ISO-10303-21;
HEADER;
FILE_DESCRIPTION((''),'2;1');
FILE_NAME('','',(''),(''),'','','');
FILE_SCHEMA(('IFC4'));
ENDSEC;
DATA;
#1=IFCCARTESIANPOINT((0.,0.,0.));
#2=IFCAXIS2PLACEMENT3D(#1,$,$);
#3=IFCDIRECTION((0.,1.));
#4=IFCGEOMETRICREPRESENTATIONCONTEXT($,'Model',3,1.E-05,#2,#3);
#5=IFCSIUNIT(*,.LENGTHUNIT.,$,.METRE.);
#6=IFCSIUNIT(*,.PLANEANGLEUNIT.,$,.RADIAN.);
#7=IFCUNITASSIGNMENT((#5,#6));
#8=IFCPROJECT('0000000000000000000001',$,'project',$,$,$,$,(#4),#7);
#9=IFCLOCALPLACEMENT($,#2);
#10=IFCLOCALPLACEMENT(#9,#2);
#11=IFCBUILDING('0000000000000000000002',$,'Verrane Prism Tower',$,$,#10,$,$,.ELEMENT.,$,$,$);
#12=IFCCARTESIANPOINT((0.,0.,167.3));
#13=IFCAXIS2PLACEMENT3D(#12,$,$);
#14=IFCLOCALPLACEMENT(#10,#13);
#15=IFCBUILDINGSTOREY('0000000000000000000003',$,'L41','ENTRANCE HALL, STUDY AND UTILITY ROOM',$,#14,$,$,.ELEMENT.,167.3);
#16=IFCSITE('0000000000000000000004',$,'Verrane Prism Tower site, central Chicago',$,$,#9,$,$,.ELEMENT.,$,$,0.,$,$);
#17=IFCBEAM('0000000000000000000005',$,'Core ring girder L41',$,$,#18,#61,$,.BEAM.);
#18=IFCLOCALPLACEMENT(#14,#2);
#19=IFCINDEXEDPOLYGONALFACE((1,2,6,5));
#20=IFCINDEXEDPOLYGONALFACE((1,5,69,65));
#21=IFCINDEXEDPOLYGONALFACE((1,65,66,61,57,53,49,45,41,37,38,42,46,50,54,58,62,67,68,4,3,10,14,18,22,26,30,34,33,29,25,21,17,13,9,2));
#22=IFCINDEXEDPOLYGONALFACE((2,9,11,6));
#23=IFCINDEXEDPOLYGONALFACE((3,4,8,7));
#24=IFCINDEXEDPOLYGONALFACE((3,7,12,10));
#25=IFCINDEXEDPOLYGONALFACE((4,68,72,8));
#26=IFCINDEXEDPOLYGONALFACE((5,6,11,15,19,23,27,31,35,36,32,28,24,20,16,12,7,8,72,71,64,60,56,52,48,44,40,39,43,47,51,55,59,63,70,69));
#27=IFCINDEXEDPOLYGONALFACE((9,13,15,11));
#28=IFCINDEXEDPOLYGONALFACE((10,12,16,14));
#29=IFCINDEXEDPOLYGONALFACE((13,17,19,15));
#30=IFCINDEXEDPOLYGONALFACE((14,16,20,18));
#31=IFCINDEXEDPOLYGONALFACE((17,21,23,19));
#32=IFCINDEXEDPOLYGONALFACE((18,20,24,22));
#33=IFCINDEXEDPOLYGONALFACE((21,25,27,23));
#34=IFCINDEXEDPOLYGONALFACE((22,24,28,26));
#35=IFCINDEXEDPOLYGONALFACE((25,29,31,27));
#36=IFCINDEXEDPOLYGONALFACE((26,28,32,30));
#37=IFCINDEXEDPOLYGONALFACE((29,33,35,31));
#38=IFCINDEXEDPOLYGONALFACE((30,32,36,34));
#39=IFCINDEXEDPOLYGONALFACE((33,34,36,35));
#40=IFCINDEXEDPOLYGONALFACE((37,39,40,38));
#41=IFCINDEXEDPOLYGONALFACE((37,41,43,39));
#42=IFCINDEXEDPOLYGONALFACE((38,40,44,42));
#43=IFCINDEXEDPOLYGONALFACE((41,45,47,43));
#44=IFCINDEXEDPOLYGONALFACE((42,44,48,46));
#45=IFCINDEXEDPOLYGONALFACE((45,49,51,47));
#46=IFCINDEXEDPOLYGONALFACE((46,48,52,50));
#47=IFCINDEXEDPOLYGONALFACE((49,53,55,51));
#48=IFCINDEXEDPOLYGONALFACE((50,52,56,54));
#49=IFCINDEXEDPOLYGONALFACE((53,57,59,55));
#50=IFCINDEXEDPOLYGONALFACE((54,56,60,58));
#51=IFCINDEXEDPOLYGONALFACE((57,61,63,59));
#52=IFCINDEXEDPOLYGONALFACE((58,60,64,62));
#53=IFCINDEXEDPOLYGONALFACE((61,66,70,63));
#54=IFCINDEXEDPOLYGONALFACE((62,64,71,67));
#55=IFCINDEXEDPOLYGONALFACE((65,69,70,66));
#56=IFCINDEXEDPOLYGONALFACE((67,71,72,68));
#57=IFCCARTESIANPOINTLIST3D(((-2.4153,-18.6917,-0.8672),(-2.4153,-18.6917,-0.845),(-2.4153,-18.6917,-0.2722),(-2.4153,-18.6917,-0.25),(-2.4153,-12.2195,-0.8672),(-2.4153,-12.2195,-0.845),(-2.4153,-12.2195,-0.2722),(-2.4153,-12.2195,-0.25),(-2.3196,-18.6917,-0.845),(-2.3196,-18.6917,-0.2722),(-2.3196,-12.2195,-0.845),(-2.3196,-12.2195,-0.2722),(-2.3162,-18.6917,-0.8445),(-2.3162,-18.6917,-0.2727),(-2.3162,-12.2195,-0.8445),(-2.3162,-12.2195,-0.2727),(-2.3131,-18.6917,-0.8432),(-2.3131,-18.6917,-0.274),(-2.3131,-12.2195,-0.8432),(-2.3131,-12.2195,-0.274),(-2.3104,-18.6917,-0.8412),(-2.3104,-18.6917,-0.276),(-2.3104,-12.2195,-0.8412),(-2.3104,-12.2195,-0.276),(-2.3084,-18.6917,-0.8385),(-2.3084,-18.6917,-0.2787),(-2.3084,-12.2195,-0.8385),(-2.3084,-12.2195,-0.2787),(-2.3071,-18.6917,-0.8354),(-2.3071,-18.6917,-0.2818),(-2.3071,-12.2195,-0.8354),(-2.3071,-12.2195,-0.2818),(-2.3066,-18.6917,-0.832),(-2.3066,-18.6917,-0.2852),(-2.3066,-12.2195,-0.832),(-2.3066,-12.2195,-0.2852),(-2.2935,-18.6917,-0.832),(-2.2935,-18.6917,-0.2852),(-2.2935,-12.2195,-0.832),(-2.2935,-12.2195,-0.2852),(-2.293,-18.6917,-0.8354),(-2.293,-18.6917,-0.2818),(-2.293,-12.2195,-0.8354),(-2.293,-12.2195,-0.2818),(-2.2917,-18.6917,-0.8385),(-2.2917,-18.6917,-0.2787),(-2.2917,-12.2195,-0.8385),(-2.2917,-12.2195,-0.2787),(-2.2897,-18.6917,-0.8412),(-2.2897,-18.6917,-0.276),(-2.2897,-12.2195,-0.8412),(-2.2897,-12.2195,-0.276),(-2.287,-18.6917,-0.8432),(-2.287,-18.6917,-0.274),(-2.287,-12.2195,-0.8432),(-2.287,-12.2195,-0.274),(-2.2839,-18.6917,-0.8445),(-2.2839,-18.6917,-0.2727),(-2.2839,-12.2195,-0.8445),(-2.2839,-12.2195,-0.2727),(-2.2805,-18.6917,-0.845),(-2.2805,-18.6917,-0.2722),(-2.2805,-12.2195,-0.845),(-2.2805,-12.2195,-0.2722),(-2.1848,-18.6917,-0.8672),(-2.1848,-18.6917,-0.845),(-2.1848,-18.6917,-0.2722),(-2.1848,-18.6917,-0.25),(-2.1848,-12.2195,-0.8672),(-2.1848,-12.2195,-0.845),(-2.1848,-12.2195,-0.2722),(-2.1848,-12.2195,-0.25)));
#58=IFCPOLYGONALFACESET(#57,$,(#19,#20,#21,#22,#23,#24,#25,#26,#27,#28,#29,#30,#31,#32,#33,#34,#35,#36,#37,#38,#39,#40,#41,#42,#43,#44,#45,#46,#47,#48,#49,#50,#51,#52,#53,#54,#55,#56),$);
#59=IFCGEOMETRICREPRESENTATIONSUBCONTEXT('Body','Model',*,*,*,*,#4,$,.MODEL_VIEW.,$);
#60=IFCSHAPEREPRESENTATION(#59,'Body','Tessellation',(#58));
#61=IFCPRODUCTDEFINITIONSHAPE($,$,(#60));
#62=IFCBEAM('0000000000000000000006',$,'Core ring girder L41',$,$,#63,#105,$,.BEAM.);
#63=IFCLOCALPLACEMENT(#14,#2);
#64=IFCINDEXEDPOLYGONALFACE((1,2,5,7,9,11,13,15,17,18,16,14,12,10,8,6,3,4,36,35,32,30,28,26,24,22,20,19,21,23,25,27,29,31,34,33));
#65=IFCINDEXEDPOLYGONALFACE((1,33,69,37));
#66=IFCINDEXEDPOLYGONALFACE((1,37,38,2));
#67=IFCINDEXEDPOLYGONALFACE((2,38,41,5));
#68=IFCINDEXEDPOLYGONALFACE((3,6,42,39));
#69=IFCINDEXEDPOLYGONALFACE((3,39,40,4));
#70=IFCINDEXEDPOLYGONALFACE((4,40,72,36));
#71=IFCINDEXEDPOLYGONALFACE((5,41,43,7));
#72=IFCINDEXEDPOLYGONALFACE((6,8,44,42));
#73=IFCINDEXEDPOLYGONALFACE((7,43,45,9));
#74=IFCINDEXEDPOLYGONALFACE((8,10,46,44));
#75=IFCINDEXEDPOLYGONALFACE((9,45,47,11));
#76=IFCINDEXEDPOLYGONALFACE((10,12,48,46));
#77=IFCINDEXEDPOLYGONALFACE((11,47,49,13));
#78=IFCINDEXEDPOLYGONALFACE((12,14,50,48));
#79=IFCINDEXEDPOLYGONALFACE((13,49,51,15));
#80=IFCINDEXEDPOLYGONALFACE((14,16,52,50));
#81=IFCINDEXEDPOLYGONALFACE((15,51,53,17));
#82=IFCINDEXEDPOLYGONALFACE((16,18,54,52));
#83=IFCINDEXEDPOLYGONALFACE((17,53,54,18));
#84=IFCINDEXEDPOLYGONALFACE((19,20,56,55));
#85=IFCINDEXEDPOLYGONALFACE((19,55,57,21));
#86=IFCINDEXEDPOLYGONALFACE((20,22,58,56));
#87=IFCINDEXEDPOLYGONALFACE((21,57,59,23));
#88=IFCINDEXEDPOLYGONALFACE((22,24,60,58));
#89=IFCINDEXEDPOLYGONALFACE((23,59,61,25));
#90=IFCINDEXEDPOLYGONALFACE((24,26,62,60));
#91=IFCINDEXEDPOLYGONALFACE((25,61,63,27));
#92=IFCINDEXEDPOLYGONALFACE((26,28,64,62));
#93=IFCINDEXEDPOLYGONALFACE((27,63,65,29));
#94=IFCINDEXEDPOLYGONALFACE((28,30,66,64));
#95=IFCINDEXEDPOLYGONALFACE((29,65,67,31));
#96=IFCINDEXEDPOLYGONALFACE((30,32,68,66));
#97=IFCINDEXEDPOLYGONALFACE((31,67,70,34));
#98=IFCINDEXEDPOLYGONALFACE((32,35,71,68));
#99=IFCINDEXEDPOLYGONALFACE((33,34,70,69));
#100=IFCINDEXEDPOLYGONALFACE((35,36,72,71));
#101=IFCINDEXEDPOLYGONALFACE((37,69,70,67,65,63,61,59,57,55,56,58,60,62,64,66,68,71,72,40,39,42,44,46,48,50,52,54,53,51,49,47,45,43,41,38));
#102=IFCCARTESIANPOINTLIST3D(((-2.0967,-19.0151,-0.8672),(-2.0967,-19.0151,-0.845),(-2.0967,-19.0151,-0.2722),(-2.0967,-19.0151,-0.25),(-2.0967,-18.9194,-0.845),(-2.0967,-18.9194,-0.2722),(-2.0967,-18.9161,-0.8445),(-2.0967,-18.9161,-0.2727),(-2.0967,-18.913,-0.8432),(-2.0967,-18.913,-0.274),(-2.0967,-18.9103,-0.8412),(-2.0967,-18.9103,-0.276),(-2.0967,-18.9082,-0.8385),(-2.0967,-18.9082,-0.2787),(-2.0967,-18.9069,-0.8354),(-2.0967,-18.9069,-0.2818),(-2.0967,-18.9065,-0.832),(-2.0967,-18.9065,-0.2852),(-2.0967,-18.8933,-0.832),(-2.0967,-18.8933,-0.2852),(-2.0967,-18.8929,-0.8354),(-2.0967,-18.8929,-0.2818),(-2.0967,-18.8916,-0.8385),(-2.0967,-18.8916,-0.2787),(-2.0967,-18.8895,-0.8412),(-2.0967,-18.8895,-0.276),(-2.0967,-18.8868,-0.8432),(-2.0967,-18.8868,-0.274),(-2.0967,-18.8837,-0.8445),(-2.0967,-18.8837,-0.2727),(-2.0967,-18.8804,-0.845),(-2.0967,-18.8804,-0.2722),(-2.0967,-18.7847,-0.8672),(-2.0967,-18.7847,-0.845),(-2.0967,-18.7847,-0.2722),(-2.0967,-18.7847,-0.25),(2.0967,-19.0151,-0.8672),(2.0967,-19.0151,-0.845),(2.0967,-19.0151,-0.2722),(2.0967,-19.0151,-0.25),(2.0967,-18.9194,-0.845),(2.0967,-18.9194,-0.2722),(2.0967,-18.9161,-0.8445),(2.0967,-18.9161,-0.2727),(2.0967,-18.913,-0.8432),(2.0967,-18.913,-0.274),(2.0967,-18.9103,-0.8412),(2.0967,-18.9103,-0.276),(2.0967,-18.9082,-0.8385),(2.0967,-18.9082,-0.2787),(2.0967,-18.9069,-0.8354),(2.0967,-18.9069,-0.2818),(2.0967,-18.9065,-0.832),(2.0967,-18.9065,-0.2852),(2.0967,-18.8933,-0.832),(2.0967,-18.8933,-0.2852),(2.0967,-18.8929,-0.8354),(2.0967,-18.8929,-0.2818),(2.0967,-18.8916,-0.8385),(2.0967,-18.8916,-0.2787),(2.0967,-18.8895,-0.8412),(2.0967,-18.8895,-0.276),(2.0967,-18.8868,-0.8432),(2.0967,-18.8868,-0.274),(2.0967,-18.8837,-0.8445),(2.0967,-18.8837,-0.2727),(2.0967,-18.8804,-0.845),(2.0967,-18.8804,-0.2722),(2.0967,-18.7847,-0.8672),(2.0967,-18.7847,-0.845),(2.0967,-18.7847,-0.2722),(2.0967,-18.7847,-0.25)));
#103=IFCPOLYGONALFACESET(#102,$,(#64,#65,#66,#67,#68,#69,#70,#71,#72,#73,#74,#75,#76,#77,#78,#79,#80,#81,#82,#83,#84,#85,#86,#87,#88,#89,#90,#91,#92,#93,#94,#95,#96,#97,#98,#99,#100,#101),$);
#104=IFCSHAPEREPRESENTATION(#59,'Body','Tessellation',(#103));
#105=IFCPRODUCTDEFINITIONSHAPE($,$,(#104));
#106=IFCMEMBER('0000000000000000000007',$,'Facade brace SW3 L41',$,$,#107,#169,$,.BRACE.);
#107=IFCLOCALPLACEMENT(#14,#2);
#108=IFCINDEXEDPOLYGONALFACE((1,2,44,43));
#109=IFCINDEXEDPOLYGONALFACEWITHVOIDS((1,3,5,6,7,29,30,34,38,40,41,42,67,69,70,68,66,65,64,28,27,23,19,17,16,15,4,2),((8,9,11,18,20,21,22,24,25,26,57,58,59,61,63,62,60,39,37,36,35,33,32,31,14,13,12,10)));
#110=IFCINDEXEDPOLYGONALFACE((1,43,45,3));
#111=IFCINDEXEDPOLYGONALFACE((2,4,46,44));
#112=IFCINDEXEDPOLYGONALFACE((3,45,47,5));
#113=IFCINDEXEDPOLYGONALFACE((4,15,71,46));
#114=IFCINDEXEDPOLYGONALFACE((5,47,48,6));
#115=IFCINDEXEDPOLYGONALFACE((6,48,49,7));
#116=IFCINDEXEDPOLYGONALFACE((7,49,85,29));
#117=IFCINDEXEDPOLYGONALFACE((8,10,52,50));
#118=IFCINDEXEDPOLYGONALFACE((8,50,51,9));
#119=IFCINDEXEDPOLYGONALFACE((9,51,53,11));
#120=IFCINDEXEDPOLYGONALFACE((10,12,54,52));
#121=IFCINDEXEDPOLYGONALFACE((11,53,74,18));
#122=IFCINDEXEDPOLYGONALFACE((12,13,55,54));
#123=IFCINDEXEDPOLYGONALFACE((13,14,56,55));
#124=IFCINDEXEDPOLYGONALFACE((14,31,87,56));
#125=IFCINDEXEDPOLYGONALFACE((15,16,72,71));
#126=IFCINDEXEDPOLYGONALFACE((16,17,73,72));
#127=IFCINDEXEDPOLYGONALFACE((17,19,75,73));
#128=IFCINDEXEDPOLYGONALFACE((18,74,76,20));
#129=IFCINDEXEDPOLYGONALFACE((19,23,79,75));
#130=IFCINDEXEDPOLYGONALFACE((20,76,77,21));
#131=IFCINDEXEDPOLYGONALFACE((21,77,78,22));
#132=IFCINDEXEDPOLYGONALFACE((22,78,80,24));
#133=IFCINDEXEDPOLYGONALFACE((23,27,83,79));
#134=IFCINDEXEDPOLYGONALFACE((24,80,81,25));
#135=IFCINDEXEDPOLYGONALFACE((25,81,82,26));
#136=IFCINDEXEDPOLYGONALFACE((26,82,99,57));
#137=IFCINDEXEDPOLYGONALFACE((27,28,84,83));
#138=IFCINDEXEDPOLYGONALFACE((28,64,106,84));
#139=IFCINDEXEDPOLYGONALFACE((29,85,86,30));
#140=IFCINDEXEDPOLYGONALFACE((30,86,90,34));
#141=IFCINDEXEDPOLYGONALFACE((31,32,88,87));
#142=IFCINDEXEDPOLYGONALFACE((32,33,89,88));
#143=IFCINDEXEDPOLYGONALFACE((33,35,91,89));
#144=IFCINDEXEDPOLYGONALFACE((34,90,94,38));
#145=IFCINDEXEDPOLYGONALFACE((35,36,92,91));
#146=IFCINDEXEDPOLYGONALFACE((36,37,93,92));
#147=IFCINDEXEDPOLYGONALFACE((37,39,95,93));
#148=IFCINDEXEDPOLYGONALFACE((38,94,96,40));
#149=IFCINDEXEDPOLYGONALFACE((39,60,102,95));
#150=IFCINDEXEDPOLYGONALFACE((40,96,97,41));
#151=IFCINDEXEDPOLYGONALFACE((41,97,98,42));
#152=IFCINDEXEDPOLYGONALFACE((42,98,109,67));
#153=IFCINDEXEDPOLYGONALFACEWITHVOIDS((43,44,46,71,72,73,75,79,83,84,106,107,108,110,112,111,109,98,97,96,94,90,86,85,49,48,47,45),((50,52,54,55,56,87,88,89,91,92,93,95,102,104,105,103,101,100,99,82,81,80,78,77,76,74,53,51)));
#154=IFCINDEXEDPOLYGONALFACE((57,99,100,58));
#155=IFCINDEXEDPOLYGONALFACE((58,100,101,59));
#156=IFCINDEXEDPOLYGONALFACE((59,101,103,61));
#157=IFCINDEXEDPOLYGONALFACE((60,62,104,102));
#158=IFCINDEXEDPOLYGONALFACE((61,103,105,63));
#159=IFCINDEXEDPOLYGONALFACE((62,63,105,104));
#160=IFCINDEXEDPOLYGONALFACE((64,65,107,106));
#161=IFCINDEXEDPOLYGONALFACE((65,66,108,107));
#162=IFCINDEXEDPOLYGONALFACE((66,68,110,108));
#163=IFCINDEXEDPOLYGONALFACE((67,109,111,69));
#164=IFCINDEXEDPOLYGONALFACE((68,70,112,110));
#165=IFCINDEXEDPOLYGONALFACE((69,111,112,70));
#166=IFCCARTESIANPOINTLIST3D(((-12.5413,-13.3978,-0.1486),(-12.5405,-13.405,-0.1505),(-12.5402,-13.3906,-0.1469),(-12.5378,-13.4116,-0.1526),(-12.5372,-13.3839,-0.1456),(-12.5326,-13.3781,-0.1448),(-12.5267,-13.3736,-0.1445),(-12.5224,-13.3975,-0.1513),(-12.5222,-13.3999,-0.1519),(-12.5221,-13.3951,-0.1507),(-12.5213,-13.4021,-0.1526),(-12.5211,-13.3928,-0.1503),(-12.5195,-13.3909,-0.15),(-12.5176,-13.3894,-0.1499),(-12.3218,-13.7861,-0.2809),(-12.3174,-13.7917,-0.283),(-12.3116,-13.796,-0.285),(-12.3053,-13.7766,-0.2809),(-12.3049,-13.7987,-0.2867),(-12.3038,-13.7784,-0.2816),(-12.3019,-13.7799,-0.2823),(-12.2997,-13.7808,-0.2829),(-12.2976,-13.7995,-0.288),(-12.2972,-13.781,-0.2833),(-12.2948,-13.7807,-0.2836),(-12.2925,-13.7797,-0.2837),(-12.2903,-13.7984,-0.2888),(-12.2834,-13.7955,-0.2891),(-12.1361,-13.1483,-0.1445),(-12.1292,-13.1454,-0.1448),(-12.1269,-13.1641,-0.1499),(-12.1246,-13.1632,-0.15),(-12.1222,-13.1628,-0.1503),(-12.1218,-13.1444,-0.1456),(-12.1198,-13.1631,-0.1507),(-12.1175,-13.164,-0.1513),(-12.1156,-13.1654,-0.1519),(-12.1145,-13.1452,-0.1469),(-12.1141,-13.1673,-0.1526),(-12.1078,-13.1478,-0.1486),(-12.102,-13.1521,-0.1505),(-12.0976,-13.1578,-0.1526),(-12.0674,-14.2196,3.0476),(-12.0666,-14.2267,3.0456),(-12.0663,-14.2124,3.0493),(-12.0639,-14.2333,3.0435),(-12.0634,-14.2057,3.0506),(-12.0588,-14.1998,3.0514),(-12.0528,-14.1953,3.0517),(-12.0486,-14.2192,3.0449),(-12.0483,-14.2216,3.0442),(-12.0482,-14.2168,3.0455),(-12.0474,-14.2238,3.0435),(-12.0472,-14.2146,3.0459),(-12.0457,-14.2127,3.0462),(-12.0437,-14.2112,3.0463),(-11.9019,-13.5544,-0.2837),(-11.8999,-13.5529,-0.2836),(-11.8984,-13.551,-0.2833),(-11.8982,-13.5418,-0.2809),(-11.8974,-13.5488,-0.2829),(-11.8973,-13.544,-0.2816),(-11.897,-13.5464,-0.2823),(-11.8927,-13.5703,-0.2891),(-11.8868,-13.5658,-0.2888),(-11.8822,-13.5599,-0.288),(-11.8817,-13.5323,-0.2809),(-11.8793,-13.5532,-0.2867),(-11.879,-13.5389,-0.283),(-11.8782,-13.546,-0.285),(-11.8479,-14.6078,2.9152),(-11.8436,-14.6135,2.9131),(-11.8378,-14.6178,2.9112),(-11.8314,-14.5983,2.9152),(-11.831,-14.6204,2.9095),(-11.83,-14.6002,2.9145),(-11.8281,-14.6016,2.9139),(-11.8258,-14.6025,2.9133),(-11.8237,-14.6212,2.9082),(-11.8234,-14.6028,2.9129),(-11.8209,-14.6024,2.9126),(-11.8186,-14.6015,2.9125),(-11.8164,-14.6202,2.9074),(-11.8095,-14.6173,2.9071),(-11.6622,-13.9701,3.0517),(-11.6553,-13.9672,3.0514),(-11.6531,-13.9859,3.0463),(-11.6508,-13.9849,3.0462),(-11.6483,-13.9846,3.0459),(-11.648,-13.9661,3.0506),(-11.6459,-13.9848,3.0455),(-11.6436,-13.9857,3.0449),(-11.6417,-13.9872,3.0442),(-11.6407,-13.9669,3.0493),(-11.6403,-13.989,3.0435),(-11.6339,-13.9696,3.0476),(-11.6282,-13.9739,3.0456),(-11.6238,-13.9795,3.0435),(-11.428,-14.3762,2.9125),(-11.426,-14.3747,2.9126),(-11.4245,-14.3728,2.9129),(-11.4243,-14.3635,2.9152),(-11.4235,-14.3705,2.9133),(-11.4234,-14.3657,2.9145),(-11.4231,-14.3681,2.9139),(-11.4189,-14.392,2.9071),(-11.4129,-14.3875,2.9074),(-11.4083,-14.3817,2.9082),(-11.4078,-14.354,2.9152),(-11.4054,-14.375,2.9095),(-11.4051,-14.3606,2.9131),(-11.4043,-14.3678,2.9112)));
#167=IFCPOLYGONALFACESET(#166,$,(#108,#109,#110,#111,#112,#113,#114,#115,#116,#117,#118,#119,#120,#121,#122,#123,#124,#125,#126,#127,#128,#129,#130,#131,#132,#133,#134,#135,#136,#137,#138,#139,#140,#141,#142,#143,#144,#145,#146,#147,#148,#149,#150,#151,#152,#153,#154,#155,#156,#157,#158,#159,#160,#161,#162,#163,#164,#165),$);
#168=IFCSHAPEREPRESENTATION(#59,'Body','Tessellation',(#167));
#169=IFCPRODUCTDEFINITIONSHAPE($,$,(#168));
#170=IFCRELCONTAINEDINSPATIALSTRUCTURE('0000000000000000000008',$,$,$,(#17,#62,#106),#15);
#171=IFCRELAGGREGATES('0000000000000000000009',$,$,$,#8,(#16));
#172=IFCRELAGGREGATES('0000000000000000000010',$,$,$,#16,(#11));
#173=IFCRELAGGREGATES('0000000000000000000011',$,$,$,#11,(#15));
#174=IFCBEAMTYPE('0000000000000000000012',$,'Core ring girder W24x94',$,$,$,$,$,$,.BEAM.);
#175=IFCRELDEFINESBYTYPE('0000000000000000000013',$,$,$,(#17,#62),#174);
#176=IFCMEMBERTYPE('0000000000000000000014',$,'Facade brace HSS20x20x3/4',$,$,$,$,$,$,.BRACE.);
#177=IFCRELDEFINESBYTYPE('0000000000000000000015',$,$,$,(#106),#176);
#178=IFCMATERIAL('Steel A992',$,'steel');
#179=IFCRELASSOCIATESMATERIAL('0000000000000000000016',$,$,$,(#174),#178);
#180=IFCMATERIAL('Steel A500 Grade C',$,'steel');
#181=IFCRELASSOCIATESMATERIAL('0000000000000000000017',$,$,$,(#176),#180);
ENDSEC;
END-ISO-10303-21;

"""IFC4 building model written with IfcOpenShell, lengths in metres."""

from ifc_helpers import new_model, si_unit, direction, frame, origin, origin_2d, place, context, subcontext, project, spatial, hollow_rectangle, i_section, extrude, material, material_profile, profile_set, type_object, element, save


model = new_model("IFC4")

# Units and contexts
model_context = context("Model", 3, precision=1e-05, world=origin(), true_north=direction((0.0, 1.0)))
body_context = subcontext(model_context, "Body", "Model", "MODEL_VIEW")
ifc_project = project(units=[si_unit("LENGTHUNIT", "METRE"), si_unit("PLANEANGLEUNIT", "RADIAN")], contexts=[model_context])

# Site, building, storey
site_placement = place(None, origin())
site = spatial("IfcSite", under=ifc_project, at=site_placement, Name="Verrane Prism Tower site, central Chicago", CompositionType="ELEMENT", RefElevation=0.0)
building_placement = place(site_placement, origin())
building = spatial("IfcBuilding", under=site, at=building_placement, Name="Verrane Prism Tower", CompositionType="ELEMENT")
storey_placement = place(building_placement, frame((0.0, 0.0, 167.3)))
storey = spatial("IfcBuildingStorey", under=building, at=storey_placement, Name="L41", Description="ENTRANCE HALL, STUDY AND UTILITY ROOM", CompositionType="ELEMENT", Elevation=167.3)

# Beams
ifc_material_1 = material(Name="Steel A992", Category="steel")
ifc_material_profile_1 = material_profile(ifc_material_1, i_section(OverallWidth=0.2305, OverallDepth=0.6172, WebThickness=0.0132, FlangeThickness=0.0222, FilletRadius=0.0129, at=origin_2d()), Name="W24x94")
ifc_profile_set_1 = profile_set([ifc_material_profile_1], Name="Steel A992")
beam_type_1 = type_object("IfcBeamType", Name="Core ring girder W24x94", PredefinedType="BEAM", material=ifc_profile_set_1)
beam_1_placement = place(storey_placement, frame((-2.3, -12.2195, -0.5586), z_axis=(0.0, -1.0, 0.0), x_axis=(1.0, 0.0, 0.0)))
element("IfcBeam", 1, at=beam_1_placement, inside=storey, type_object=beam_type_1, Name="Core ring girder L41", PredefinedType="BEAM", context=body_context, shape_type="SweptSolid", body=[
    extrude(i_section(OverallWidth=0.2305, OverallDepth=0.6172, WebThickness=0.0132, FlangeThickness=0.0222, FilletRadius=0.0129, at=origin_2d()), origin(), (0.0, 0.0, 1.0), 6.4722),
])
beam_2_placement = place(storey_placement, frame((-2.0967, -18.8999, -0.5586), z_axis=(1.0, 0.0, 0.0), x_axis=(0.0, 1.0, 0.0)))
element("IfcBeam", 2, at=beam_2_placement, inside=storey, type_object=beam_type_1, Name="Core ring girder L41", PredefinedType="BEAM", context=body_context, shape_type="SweptSolid", body=[
    extrude(i_section(OverallWidth=0.2305, OverallDepth=0.6172, WebThickness=0.0132, FlangeThickness=0.0222, FilletRadius=0.0129, at=origin_2d()), origin(), (0.0, 0.0, 1.0), 4.1934),
])

# Member
ifc_material_2 = material(Name="Steel A500 Grade C", Category="steel")
ifc_material_profile_2 = material_profile(ifc_material_2, hollow_rectangle(XDim=0.5081, YDim=0.5081, WallThickness=0.019, InnerFilletRadius=0.0095, OuterFilletRadius=0.0286, at=origin_2d()), Name="HSS20x20x3/4")
ifc_profile_set_2 = profile_set([ifc_material_profile_2], Name="Steel A500 Grade C")
member_type_1 = type_object("IfcMemberType", Name="Facade brace HSS20x20x3/4", PredefinedType="BRACE", material=ifc_profile_set_2)
member_1_placement = place(storey_placement, frame((-12.2097, -13.4719, -0.2168), z_axis=(0.142131, -0.246477, 0.95867), x_axis=(0.866288, 0.499544, 0.0)))
element("IfcMember", 3, at=member_1_placement, inside=storey, type_object=member_type_1, Name="Facade brace SW3 L41", PredefinedType="BRACE", context=body_context, shape_type="SweptSolid", body=[
    extrude(hollow_rectangle(XDim=0.5081, YDim=0.5081, WallThickness=0.019, InnerFilletRadius=0.0095, OuterFilletRadius=0.0286, at=origin_2d()), origin(), (0.0, 0.0, 1.0), 3.334),
])

save(model, "model.ifc")
